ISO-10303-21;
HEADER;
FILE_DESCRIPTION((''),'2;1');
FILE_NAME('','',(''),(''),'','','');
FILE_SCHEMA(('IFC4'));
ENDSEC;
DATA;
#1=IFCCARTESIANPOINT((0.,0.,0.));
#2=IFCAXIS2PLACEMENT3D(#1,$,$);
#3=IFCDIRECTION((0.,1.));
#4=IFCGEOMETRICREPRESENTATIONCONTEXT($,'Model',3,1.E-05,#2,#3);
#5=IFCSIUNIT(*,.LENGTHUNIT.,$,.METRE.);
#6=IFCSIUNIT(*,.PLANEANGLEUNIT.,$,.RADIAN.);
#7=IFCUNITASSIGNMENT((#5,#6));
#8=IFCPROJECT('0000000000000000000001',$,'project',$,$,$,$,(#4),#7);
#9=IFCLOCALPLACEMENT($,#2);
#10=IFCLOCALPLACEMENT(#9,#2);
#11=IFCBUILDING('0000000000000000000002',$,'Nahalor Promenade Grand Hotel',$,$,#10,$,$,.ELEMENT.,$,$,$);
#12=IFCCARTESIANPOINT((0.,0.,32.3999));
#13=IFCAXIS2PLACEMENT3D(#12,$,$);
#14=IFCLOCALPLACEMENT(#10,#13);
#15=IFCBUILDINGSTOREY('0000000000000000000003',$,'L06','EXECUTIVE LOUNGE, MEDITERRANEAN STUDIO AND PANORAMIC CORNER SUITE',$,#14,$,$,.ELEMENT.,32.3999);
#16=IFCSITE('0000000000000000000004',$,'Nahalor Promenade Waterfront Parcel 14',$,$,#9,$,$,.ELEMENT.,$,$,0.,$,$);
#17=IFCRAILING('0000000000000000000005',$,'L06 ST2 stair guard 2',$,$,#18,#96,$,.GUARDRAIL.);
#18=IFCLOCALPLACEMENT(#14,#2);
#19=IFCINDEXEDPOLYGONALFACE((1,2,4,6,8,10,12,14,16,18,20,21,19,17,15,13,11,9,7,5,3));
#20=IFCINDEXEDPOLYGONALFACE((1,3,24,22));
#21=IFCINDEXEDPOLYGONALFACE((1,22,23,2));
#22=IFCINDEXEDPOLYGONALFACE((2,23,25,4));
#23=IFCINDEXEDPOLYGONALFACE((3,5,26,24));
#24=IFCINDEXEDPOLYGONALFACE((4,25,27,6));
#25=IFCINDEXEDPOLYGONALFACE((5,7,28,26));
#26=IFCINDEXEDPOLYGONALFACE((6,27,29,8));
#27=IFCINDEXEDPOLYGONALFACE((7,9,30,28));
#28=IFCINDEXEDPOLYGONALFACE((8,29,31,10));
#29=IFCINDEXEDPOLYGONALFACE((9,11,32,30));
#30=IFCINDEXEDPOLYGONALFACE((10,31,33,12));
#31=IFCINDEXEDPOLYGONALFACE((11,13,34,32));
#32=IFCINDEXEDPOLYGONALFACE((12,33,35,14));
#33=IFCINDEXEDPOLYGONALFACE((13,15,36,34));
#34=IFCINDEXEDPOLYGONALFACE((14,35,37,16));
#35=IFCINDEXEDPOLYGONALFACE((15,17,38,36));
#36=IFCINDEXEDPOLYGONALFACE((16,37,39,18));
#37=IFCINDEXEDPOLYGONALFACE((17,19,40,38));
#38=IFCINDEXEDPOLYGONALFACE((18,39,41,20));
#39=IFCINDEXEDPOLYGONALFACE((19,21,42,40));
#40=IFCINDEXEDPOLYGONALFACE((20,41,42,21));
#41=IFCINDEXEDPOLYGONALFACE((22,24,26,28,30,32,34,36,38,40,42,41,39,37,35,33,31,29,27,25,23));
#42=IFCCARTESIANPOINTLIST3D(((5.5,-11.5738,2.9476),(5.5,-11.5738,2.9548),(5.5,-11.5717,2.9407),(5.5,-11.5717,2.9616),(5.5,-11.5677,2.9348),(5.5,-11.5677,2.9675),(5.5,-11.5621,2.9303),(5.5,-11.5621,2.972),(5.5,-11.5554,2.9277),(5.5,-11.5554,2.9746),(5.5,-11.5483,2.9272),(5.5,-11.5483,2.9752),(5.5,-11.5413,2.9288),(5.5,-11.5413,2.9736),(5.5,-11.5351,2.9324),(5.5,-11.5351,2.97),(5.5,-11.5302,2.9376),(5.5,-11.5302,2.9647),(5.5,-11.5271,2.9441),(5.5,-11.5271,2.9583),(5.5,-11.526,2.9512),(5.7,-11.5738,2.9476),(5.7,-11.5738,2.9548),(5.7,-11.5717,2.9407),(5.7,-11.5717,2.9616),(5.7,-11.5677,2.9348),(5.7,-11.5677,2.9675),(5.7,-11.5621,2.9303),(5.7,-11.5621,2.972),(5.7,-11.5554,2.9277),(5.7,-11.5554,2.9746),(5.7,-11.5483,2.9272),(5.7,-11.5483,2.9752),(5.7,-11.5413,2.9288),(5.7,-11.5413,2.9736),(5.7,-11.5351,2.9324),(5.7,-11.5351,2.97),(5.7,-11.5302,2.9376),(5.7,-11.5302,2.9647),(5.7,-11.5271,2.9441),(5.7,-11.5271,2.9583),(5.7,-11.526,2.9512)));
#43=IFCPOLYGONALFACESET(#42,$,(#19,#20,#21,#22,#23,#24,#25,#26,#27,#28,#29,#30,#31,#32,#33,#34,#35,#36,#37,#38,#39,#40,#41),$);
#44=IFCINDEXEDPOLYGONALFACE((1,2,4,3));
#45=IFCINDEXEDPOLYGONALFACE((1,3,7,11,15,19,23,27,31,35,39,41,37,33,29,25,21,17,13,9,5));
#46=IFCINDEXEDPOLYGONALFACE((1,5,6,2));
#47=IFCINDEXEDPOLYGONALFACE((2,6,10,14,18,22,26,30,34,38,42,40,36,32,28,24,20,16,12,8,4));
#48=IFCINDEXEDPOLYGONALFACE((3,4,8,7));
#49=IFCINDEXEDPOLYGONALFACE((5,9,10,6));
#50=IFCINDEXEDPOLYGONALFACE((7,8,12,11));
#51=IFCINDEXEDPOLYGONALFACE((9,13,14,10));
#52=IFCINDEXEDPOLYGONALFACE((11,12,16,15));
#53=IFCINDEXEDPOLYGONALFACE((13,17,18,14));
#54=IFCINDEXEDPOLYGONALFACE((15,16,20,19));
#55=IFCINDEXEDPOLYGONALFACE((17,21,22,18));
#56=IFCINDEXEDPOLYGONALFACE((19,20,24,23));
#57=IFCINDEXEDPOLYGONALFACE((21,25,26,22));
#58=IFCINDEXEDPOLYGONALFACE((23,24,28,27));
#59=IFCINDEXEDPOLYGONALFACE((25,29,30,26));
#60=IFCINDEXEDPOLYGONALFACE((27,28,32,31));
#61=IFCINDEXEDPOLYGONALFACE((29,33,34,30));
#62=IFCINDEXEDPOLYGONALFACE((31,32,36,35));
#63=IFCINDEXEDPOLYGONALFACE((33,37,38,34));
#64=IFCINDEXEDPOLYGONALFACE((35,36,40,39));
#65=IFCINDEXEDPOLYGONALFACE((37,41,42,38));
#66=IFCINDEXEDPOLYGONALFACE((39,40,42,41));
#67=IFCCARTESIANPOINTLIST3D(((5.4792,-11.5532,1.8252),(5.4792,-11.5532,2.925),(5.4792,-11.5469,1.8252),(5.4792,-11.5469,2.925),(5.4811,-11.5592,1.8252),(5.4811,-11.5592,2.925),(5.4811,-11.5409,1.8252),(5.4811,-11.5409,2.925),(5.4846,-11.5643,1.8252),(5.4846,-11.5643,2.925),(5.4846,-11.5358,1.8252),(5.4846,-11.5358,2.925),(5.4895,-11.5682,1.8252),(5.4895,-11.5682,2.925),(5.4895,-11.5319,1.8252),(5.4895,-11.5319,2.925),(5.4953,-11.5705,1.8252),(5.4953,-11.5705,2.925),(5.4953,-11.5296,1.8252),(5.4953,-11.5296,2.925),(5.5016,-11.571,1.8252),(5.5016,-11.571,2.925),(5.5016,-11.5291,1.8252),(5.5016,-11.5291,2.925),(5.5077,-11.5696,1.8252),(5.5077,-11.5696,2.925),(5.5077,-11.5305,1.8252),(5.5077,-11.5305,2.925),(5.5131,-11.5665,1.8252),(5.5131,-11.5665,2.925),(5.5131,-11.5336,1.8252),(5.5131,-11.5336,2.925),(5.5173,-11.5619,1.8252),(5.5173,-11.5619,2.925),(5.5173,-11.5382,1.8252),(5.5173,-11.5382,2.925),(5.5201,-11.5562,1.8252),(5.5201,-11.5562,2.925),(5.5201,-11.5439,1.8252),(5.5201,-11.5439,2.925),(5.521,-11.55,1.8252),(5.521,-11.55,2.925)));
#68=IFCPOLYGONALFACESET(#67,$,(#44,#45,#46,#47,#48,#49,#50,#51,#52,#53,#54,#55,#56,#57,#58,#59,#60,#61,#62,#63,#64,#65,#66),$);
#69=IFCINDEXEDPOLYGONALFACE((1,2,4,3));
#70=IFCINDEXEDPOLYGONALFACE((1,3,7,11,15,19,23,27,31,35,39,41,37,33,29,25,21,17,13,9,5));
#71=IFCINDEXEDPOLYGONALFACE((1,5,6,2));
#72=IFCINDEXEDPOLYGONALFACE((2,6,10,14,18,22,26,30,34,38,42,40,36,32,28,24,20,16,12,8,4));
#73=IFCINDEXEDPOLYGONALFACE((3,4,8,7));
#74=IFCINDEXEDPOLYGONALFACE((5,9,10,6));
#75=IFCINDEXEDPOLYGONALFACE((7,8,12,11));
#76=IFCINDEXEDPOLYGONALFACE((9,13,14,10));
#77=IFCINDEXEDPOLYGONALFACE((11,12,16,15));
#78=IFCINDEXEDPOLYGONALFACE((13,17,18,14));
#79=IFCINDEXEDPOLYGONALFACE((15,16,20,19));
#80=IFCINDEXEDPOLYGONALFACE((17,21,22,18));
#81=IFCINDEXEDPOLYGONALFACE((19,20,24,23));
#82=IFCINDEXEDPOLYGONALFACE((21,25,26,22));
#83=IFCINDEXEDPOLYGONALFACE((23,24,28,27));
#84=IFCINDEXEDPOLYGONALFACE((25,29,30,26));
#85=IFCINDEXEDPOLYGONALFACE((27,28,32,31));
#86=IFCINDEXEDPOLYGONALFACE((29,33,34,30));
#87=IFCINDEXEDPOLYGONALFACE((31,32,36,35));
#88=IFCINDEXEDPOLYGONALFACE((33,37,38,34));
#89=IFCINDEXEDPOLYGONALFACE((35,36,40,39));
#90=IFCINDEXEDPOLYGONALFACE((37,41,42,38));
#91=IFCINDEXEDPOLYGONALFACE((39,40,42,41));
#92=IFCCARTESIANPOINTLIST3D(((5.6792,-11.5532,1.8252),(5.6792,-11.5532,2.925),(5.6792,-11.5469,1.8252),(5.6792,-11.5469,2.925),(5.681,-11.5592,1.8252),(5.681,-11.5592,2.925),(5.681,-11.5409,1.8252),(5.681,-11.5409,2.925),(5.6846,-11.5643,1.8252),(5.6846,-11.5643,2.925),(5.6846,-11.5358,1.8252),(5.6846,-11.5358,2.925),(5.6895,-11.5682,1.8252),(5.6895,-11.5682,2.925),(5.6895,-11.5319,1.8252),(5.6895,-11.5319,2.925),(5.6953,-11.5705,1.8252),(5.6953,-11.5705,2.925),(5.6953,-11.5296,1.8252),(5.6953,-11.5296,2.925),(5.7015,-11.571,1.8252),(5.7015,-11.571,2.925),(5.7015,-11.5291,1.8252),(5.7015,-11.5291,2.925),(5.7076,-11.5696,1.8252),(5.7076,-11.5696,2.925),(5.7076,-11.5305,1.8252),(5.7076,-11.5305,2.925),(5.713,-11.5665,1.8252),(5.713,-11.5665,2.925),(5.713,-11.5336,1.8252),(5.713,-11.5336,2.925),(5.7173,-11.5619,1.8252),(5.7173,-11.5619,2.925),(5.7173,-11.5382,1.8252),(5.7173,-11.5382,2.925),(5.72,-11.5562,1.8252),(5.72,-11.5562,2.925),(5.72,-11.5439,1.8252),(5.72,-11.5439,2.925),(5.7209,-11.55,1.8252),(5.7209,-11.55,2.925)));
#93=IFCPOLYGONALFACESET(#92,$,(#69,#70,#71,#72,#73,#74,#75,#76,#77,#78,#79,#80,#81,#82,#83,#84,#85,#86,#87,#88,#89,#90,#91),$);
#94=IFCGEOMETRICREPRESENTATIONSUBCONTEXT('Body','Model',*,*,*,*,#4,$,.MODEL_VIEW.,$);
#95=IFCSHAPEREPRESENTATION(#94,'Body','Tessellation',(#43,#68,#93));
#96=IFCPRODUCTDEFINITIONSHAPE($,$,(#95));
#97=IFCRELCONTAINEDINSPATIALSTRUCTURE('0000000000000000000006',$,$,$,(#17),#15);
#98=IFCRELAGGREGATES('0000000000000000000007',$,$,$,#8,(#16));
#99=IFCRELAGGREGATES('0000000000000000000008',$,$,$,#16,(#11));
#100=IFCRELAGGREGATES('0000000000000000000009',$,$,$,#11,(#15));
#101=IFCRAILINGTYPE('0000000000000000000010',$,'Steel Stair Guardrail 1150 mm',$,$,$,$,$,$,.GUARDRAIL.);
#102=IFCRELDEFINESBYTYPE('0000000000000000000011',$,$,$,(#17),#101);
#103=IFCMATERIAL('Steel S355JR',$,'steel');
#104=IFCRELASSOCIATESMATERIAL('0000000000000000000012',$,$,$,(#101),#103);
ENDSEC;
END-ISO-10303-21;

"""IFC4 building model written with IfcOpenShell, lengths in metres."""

from ifc_helpers import new_model, si_unit, direction, frame, origin, origin_2d, place, context, subcontext, project, spatial, circle, extrude, material, type_object, element, save


model = new_model("IFC4")

# Units and contexts
model_context = context("Model", 3, precision=1e-05, world=origin(), true_north=direction((0.0, 1.0)))
body_context = subcontext(model_context, "Body", "Model", "MODEL_VIEW")
ifc_project = project(units=[si_unit("LENGTHUNIT", "METRE"), si_unit("PLANEANGLEUNIT", "RADIAN")], contexts=[model_context])

# Site, building, storey
site_placement = place(None, origin())
site = spatial("IfcSite", under=ifc_project, at=site_placement, Name="Nahalor Promenade Waterfront Parcel 14", CompositionType="ELEMENT", RefElevation=0.0)
building_placement = place(site_placement, origin())
building = spatial("IfcBuilding", under=site, at=building_placement, Name="Nahalor Promenade Grand Hotel", CompositionType="ELEMENT")
storey_placement = place(building_placement, frame((0.0, 0.0, 32.3999)))
storey = spatial("IfcBuildingStorey", under=building, at=storey_placement, Name="L06", Description="EXECUTIVE LOUNGE, MEDITERRANEAN STUDIO AND PANORAMIC CORNER SUITE", CompositionType="ELEMENT", Elevation=32.3999)

# Shared definitions
ifc_material_1 = material(Name="Steel S355JR", Category="steel")

# Railing
railing_type_1 = type_object("IfcRailingType", Name="Steel Stair Guardrail 1150 mm", PredefinedType="GUARDRAIL", material=ifc_material_1)
railing_1_placement = place(storey_placement, frame((5.5, -11.55, 1.8252)))
element("IfcRailing", 1, at=railing_1_placement, inside=storey, type_object=railing_type_1, Name="L06 ST2 stair guard 2", PredefinedType="GUARDRAIL", context=body_context, shape_type="SweptSolid", body=[
    extrude(circle(Radius=0.024, at=origin_2d()), frame((0.0, 0.0, 1.126), z_axis=(1.0, 0.0, 0.0), x_axis=(0.0, 1.0, 0.0)), (0.0, 0.0, 1.0), 0.2),
    extrude(circle(Radius=0.021, at=origin_2d()), origin(), (0.0, 0.0, 1.0), 1.0999),
    extrude(circle(Radius=0.021, at=origin_2d()), frame((0.2, 0.0, 0.0)), (0.0, 0.0, 1.0), 1.0999),
])

save(model, "model.ifc")
